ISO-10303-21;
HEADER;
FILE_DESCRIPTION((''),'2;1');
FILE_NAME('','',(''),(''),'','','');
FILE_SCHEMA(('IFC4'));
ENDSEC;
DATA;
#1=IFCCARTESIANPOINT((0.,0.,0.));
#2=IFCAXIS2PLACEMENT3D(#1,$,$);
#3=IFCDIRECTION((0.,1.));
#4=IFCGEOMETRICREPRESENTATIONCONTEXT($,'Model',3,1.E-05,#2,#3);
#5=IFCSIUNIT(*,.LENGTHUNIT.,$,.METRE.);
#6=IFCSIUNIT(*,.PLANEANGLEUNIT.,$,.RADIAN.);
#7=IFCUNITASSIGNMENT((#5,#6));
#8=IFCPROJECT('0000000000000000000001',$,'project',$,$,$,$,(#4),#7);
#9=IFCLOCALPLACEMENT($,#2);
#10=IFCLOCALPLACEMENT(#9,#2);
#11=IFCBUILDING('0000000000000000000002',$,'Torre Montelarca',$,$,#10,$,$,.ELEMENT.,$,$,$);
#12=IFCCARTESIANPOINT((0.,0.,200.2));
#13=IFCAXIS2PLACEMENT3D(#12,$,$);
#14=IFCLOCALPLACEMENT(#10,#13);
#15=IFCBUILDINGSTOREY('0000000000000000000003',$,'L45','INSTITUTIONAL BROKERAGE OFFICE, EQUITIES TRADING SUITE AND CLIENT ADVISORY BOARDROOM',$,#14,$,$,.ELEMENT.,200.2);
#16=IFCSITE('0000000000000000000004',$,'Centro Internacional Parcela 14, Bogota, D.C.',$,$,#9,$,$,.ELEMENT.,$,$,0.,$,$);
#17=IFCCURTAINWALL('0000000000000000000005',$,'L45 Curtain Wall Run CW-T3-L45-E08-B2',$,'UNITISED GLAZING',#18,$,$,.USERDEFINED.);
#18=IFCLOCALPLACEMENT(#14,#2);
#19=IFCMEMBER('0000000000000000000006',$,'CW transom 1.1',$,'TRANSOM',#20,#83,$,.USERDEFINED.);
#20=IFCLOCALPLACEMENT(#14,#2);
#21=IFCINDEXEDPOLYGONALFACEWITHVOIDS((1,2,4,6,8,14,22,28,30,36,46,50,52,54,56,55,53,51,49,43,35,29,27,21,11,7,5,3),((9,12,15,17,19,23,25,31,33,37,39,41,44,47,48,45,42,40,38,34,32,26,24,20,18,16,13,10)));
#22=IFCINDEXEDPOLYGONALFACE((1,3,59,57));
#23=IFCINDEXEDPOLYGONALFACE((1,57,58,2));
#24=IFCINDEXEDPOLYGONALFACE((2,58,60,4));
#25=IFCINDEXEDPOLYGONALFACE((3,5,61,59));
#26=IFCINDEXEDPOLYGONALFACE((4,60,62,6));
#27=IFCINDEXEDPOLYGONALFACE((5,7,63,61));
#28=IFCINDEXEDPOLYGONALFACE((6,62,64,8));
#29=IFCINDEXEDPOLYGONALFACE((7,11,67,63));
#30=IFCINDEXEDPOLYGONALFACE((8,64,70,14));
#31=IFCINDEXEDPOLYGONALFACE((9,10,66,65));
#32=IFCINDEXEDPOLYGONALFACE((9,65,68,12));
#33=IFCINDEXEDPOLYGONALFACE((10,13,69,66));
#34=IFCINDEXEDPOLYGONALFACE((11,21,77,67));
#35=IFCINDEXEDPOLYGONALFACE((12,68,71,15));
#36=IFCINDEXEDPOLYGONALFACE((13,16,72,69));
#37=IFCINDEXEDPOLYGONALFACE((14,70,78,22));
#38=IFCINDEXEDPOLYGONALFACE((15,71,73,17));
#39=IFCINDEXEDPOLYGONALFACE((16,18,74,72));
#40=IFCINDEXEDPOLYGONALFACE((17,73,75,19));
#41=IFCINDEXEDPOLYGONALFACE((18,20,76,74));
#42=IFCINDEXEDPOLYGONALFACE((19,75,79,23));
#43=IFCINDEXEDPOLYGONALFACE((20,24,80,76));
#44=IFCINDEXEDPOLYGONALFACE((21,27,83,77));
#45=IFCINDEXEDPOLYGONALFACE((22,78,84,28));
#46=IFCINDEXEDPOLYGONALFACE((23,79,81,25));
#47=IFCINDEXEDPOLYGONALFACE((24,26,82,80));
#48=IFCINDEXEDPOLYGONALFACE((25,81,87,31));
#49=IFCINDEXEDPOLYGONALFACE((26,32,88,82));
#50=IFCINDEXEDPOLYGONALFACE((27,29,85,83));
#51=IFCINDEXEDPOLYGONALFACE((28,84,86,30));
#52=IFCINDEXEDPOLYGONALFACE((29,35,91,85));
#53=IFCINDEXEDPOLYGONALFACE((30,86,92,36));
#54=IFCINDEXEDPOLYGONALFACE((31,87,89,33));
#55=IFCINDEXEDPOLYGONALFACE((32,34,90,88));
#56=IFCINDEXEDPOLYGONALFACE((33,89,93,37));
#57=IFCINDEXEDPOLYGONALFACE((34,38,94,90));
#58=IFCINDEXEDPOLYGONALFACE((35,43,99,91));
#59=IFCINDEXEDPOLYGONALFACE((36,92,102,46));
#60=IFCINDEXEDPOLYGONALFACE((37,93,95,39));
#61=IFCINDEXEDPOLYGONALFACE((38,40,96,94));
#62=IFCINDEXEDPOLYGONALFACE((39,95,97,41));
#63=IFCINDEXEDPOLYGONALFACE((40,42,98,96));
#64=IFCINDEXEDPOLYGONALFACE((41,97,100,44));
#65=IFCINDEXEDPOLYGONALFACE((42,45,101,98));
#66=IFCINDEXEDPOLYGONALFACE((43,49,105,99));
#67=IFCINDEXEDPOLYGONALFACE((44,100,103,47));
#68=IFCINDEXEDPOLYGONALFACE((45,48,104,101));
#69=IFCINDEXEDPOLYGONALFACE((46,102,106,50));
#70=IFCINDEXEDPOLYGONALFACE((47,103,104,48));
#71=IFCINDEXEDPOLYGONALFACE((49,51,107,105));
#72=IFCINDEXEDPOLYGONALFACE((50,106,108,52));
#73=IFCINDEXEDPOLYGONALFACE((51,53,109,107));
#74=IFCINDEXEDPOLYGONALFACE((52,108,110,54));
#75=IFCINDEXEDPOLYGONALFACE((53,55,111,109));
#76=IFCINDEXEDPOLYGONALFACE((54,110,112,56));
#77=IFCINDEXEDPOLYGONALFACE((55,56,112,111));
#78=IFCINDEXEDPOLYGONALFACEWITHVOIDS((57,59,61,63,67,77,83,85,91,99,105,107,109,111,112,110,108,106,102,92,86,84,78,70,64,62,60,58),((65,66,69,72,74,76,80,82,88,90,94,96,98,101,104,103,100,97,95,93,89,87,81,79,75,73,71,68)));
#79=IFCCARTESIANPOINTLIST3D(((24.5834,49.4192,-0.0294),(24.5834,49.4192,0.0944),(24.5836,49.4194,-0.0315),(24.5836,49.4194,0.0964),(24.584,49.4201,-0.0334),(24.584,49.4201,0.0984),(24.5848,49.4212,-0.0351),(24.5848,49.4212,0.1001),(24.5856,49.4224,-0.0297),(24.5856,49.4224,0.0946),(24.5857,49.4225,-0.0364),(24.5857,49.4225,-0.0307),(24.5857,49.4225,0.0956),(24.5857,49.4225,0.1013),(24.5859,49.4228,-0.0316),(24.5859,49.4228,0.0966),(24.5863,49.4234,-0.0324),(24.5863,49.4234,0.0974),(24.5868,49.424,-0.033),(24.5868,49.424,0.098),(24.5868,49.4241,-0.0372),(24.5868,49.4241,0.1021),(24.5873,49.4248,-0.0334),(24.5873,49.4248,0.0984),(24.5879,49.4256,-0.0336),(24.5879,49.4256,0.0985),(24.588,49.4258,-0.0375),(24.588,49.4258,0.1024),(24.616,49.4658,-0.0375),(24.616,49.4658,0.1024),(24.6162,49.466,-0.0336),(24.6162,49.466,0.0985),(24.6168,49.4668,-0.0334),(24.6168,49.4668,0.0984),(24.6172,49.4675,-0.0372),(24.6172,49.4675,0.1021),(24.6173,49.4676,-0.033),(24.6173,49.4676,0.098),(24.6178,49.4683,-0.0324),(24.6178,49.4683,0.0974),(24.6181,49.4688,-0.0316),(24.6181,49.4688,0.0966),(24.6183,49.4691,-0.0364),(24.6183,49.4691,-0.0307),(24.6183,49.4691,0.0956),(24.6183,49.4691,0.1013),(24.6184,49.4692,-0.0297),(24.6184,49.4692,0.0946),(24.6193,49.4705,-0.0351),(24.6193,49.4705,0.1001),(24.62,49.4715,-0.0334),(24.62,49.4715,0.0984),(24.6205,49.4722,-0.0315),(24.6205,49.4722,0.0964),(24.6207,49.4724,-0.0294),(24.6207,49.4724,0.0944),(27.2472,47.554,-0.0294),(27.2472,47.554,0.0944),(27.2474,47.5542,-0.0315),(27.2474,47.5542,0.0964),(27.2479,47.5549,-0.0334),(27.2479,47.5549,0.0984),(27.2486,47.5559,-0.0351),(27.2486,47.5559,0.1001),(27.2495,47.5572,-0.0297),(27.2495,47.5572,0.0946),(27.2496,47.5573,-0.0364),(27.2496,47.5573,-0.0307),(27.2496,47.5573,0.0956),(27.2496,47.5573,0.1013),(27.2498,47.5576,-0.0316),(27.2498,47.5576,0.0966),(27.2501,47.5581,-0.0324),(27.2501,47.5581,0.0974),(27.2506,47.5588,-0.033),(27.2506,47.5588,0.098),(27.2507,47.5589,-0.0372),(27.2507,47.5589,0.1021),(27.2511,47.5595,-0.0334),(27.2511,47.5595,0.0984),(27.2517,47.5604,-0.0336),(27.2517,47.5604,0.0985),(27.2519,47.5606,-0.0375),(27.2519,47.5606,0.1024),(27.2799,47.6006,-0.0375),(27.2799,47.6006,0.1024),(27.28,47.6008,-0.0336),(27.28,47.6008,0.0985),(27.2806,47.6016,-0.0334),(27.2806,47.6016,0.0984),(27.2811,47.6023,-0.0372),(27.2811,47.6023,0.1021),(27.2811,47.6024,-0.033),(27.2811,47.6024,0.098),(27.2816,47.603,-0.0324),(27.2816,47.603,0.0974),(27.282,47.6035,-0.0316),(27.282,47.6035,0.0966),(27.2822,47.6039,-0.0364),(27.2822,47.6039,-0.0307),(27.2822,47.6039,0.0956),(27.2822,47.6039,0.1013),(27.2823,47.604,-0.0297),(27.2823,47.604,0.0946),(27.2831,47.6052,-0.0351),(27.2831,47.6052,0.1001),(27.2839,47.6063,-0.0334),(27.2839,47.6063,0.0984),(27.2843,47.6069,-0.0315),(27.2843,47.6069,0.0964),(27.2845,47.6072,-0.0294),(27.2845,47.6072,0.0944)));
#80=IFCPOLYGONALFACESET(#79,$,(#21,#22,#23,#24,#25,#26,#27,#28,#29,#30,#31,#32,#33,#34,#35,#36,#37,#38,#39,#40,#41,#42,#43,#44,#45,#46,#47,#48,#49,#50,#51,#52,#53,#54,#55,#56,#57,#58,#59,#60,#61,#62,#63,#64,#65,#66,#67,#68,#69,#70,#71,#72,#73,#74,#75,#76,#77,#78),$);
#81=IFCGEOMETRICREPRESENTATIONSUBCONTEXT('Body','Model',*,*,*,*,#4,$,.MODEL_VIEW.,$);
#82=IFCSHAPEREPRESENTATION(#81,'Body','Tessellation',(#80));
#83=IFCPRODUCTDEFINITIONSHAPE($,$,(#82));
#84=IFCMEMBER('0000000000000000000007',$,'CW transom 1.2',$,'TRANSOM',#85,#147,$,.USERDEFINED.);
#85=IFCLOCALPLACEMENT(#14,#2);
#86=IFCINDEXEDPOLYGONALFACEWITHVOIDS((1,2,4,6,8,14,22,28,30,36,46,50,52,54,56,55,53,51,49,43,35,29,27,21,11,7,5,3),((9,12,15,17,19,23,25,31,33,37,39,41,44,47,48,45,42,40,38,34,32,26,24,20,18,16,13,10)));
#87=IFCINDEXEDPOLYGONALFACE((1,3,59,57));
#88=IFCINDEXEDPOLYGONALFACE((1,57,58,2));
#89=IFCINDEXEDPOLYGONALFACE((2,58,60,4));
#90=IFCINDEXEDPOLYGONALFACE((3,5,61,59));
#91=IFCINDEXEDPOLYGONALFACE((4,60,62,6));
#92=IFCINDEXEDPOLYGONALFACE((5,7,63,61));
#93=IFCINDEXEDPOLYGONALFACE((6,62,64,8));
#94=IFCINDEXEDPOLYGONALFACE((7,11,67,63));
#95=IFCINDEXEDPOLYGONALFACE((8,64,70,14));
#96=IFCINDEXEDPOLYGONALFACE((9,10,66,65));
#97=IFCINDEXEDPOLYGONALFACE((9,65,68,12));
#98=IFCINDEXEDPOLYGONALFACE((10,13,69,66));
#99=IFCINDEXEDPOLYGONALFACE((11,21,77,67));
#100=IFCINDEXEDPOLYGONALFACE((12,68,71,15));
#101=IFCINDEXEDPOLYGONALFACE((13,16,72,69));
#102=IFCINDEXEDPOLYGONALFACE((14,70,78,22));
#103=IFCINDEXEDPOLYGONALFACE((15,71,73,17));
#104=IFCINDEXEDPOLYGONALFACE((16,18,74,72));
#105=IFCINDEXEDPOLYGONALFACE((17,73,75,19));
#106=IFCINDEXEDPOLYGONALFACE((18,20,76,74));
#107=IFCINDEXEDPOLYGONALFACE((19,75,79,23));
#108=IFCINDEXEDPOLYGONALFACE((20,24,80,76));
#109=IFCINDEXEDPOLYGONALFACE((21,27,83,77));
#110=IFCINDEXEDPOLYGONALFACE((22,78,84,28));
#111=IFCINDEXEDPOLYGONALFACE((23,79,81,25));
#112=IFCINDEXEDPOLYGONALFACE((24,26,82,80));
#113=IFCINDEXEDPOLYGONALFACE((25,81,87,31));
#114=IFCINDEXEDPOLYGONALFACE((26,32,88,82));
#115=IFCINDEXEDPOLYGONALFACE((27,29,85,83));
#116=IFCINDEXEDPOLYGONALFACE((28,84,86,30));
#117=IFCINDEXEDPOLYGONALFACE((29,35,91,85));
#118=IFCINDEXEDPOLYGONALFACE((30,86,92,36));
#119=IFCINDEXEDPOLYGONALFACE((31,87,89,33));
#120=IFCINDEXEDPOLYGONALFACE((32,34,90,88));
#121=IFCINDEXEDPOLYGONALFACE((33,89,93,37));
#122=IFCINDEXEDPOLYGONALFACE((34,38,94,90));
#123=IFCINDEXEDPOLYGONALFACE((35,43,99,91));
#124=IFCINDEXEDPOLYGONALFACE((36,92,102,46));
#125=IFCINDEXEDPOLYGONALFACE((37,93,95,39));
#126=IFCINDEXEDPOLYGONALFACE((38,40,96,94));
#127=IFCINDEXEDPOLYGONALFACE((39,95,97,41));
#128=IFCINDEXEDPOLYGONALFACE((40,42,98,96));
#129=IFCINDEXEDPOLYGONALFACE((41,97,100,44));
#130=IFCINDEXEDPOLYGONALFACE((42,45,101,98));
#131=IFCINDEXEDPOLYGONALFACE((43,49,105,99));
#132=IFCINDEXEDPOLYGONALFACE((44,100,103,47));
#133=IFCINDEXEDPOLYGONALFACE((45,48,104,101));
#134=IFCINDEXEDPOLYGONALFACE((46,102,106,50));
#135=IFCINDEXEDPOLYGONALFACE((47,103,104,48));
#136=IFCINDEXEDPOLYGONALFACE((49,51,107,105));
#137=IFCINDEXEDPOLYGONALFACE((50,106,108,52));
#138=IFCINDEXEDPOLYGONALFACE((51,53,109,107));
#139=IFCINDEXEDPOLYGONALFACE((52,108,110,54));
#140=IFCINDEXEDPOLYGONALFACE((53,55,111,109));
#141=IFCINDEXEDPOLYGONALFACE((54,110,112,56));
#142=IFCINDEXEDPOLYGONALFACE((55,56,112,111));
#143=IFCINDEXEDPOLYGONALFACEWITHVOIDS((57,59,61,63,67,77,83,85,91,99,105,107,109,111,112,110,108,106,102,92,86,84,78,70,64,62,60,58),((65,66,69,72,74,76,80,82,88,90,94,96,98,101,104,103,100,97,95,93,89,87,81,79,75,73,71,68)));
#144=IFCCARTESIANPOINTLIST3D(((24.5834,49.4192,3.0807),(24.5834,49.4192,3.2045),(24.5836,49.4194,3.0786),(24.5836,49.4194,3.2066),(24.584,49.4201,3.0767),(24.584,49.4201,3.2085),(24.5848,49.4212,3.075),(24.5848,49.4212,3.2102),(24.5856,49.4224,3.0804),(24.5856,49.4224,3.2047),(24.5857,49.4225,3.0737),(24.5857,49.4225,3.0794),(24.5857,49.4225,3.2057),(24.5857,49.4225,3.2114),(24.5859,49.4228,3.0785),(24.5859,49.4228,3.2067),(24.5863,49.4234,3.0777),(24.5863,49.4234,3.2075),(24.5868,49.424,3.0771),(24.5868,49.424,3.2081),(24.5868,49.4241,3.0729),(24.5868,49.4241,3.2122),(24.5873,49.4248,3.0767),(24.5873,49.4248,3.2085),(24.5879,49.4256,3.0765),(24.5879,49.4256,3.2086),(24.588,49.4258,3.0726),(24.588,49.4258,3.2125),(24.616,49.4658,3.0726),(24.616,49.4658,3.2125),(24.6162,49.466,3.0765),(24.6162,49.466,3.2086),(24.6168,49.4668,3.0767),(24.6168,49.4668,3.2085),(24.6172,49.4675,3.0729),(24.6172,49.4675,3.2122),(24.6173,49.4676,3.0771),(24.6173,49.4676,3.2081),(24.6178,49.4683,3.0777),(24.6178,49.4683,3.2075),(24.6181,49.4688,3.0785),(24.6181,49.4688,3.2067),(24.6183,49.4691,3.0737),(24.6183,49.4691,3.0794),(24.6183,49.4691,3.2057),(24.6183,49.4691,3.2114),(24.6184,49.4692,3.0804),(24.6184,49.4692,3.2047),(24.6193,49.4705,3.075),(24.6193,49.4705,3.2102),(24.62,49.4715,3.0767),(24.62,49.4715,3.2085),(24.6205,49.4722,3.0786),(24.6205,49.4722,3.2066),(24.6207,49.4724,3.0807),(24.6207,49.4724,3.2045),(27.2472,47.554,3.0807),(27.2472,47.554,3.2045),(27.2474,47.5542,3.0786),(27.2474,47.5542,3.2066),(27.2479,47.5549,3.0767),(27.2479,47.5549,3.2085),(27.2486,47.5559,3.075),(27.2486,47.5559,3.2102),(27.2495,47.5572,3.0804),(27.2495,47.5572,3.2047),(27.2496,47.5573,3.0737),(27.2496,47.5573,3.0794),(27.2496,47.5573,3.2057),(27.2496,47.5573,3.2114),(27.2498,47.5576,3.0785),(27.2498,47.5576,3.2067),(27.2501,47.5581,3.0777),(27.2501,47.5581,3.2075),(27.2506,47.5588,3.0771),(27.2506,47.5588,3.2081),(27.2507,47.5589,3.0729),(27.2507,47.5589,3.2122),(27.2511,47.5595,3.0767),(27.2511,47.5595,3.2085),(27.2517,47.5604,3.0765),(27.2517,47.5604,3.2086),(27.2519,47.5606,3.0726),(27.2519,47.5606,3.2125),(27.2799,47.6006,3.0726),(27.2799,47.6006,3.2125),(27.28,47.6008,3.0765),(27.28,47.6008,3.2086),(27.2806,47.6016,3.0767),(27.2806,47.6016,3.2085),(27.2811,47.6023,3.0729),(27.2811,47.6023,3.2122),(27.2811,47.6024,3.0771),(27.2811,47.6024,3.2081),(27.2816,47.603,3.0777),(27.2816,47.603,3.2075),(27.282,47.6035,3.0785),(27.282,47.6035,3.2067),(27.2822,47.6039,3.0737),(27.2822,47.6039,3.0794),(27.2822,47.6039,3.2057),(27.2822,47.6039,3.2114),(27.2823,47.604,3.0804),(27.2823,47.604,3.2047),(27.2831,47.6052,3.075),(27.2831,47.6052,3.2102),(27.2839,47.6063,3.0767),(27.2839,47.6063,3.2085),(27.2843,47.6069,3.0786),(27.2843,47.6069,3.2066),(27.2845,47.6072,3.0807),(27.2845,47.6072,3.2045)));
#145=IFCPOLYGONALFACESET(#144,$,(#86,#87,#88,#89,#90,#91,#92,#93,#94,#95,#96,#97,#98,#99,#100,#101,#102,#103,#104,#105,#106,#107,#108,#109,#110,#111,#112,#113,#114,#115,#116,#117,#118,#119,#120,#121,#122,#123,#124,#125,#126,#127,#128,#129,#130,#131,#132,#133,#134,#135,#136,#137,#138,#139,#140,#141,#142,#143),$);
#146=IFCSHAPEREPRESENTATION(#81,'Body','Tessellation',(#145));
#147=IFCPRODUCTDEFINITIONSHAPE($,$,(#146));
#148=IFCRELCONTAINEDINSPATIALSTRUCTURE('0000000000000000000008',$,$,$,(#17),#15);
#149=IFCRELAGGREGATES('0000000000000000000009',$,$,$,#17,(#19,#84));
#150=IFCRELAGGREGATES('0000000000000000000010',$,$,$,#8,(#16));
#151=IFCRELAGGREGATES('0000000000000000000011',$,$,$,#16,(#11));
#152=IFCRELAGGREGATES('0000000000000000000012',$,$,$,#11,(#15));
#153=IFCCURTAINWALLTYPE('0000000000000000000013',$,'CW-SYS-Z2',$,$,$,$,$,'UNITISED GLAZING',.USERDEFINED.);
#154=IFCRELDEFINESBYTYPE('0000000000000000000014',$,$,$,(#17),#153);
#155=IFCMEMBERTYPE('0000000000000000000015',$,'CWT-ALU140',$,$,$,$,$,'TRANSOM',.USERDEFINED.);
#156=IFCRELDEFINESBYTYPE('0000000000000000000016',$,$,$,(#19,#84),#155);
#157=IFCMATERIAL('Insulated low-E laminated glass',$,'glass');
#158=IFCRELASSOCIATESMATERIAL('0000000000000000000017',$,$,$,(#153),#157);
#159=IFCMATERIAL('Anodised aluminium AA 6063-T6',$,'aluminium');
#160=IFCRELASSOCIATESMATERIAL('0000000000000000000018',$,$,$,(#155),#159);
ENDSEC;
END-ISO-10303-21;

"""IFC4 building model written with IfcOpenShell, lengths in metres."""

from ifc_helpers import new_model, si_unit, direction, frame, origin, origin_2d, place, context, subcontext, project, spatial, hollow_rectangle, extrude, source, transform, mapped, material, material_profile, profile_set, type_object, element, aggregate, save


model = new_model("IFC4")

# Units and contexts
model_context = context("Model", 3, precision=1e-05, world=origin(), true_north=direction((0.0, 1.0)))
body_context = subcontext(model_context, "Body", "Model", "MODEL_VIEW")
ifc_project = project(units=[si_unit("LENGTHUNIT", "METRE"), si_unit("PLANEANGLEUNIT", "RADIAN")], contexts=[model_context])

# Site, building, storey
site_placement = place(None, origin())
site = spatial("IfcSite", under=ifc_project, at=site_placement, Name="Centro Internacional Parcela 14, Bogota, D.C.", CompositionType="ELEMENT", RefElevation=0.0)
building_placement = place(site_placement, origin())
building = spatial("IfcBuilding", under=site, at=building_placement, Name="Torre Montelarca", CompositionType="ELEMENT")
storey_placement = place(building_placement, frame((0.0, 0.0, 200.2)))
storey = spatial("IfcBuildingStorey", under=building, at=storey_placement, Name="L45", Description="INSTITUTIONAL BROKERAGE OFFICE, EQUITIES TRADING SUITE AND CLIENT ADVISORY BOARDROOM", CompositionType="ELEMENT", Elevation=200.2)

# Curtain wall, members
ifc_material_1 = material(Name="Insulated low-E laminated glass", Category="glass")
curtain_wall_type = type_object("IfcCurtainWallType", Name="CW-SYS-Z2", ElementType="UNITISED GLAZING", PredefinedType="USERDEFINED", material=ifc_material_1)
ifc_material_2 = material(Name="Anodised aluminium AA 6063-T6", Category="aluminium")
ifc_material_profile_1 = material_profile(ifc_material_2, hollow_rectangle(XDim=0.0649, YDim=0.1399, WallThickness=0.0039, InnerFilletRadius=0.0039, OuterFilletRadius=0.0081, at=origin_2d()), Name="ALU65X140X4", Category="aluminium")
ifc_profile_set_1 = profile_set([ifc_material_profile_1], Name="Anodised aluminium AA 6063-T6")
member_type_1 = type_object("IfcMemberType", Name="CWT-ALU140", ElementType="TRANSOM", PredefinedType="USERDEFINED", material=ifc_profile_set_1)
curtain_wall_1_placement = place(storey_placement, origin())
curtain_wall_1 = element("IfcCurtainWall", 1, at=curtain_wall_1_placement, inside=storey, type_object=curtain_wall_type, Name="L45 Curtain Wall Run CW-T3-L45-E08-B2", ObjectType="UNITISED GLAZING", PredefinedType="USERDEFINED")
shared_shape_1 = source(origin(), body_context, "Body", "SweptSolid", [
    extrude(hollow_rectangle(XDim=0.0649, YDim=0.1399, WallThickness=0.0039, InnerFilletRadius=0.0039, OuterFilletRadius=0.0081, at=origin_2d()), origin(), (0.0, 0.0, 1.0), 3.252),
])
member_1_placement = place(storey_placement, frame((27.2659, 47.5806, 0.0325), z_axis=(-0.819151, 0.573578, 0.0), x_axis=(-0.573578, -0.819151, 0.0)))
member_1 = element("IfcMember", 2, at=member_1_placement, type_object=member_type_1, Name="CW transom 1.1", ObjectType="TRANSOM", PredefinedType="USERDEFINED", context=body_context, shape_type="MappedRepresentation", body=[
    mapped(shared_shape_1, transform((0.0, 0.0, 0.0), scale=1.0)),
])
member_2_placement = place(storey_placement, frame((27.2659, 47.5806, 3.1426), z_axis=(-0.819151, 0.573578, 0.0), x_axis=(-0.573578, -0.819151, 0.0)))
member_2 = element("IfcMember", 3, at=member_2_placement, type_object=member_type_1, Name="CW transom 1.2", ObjectType="TRANSOM", PredefinedType="USERDEFINED", context=body_context, shape_type="MappedRepresentation", body=[
    mapped(shared_shape_1, transform((0.0, 0.0, 0.0), scale=1.0)),
])

aggregate(curtain_wall_1, [member_1, member_2])

save(model, "model.ifc")
